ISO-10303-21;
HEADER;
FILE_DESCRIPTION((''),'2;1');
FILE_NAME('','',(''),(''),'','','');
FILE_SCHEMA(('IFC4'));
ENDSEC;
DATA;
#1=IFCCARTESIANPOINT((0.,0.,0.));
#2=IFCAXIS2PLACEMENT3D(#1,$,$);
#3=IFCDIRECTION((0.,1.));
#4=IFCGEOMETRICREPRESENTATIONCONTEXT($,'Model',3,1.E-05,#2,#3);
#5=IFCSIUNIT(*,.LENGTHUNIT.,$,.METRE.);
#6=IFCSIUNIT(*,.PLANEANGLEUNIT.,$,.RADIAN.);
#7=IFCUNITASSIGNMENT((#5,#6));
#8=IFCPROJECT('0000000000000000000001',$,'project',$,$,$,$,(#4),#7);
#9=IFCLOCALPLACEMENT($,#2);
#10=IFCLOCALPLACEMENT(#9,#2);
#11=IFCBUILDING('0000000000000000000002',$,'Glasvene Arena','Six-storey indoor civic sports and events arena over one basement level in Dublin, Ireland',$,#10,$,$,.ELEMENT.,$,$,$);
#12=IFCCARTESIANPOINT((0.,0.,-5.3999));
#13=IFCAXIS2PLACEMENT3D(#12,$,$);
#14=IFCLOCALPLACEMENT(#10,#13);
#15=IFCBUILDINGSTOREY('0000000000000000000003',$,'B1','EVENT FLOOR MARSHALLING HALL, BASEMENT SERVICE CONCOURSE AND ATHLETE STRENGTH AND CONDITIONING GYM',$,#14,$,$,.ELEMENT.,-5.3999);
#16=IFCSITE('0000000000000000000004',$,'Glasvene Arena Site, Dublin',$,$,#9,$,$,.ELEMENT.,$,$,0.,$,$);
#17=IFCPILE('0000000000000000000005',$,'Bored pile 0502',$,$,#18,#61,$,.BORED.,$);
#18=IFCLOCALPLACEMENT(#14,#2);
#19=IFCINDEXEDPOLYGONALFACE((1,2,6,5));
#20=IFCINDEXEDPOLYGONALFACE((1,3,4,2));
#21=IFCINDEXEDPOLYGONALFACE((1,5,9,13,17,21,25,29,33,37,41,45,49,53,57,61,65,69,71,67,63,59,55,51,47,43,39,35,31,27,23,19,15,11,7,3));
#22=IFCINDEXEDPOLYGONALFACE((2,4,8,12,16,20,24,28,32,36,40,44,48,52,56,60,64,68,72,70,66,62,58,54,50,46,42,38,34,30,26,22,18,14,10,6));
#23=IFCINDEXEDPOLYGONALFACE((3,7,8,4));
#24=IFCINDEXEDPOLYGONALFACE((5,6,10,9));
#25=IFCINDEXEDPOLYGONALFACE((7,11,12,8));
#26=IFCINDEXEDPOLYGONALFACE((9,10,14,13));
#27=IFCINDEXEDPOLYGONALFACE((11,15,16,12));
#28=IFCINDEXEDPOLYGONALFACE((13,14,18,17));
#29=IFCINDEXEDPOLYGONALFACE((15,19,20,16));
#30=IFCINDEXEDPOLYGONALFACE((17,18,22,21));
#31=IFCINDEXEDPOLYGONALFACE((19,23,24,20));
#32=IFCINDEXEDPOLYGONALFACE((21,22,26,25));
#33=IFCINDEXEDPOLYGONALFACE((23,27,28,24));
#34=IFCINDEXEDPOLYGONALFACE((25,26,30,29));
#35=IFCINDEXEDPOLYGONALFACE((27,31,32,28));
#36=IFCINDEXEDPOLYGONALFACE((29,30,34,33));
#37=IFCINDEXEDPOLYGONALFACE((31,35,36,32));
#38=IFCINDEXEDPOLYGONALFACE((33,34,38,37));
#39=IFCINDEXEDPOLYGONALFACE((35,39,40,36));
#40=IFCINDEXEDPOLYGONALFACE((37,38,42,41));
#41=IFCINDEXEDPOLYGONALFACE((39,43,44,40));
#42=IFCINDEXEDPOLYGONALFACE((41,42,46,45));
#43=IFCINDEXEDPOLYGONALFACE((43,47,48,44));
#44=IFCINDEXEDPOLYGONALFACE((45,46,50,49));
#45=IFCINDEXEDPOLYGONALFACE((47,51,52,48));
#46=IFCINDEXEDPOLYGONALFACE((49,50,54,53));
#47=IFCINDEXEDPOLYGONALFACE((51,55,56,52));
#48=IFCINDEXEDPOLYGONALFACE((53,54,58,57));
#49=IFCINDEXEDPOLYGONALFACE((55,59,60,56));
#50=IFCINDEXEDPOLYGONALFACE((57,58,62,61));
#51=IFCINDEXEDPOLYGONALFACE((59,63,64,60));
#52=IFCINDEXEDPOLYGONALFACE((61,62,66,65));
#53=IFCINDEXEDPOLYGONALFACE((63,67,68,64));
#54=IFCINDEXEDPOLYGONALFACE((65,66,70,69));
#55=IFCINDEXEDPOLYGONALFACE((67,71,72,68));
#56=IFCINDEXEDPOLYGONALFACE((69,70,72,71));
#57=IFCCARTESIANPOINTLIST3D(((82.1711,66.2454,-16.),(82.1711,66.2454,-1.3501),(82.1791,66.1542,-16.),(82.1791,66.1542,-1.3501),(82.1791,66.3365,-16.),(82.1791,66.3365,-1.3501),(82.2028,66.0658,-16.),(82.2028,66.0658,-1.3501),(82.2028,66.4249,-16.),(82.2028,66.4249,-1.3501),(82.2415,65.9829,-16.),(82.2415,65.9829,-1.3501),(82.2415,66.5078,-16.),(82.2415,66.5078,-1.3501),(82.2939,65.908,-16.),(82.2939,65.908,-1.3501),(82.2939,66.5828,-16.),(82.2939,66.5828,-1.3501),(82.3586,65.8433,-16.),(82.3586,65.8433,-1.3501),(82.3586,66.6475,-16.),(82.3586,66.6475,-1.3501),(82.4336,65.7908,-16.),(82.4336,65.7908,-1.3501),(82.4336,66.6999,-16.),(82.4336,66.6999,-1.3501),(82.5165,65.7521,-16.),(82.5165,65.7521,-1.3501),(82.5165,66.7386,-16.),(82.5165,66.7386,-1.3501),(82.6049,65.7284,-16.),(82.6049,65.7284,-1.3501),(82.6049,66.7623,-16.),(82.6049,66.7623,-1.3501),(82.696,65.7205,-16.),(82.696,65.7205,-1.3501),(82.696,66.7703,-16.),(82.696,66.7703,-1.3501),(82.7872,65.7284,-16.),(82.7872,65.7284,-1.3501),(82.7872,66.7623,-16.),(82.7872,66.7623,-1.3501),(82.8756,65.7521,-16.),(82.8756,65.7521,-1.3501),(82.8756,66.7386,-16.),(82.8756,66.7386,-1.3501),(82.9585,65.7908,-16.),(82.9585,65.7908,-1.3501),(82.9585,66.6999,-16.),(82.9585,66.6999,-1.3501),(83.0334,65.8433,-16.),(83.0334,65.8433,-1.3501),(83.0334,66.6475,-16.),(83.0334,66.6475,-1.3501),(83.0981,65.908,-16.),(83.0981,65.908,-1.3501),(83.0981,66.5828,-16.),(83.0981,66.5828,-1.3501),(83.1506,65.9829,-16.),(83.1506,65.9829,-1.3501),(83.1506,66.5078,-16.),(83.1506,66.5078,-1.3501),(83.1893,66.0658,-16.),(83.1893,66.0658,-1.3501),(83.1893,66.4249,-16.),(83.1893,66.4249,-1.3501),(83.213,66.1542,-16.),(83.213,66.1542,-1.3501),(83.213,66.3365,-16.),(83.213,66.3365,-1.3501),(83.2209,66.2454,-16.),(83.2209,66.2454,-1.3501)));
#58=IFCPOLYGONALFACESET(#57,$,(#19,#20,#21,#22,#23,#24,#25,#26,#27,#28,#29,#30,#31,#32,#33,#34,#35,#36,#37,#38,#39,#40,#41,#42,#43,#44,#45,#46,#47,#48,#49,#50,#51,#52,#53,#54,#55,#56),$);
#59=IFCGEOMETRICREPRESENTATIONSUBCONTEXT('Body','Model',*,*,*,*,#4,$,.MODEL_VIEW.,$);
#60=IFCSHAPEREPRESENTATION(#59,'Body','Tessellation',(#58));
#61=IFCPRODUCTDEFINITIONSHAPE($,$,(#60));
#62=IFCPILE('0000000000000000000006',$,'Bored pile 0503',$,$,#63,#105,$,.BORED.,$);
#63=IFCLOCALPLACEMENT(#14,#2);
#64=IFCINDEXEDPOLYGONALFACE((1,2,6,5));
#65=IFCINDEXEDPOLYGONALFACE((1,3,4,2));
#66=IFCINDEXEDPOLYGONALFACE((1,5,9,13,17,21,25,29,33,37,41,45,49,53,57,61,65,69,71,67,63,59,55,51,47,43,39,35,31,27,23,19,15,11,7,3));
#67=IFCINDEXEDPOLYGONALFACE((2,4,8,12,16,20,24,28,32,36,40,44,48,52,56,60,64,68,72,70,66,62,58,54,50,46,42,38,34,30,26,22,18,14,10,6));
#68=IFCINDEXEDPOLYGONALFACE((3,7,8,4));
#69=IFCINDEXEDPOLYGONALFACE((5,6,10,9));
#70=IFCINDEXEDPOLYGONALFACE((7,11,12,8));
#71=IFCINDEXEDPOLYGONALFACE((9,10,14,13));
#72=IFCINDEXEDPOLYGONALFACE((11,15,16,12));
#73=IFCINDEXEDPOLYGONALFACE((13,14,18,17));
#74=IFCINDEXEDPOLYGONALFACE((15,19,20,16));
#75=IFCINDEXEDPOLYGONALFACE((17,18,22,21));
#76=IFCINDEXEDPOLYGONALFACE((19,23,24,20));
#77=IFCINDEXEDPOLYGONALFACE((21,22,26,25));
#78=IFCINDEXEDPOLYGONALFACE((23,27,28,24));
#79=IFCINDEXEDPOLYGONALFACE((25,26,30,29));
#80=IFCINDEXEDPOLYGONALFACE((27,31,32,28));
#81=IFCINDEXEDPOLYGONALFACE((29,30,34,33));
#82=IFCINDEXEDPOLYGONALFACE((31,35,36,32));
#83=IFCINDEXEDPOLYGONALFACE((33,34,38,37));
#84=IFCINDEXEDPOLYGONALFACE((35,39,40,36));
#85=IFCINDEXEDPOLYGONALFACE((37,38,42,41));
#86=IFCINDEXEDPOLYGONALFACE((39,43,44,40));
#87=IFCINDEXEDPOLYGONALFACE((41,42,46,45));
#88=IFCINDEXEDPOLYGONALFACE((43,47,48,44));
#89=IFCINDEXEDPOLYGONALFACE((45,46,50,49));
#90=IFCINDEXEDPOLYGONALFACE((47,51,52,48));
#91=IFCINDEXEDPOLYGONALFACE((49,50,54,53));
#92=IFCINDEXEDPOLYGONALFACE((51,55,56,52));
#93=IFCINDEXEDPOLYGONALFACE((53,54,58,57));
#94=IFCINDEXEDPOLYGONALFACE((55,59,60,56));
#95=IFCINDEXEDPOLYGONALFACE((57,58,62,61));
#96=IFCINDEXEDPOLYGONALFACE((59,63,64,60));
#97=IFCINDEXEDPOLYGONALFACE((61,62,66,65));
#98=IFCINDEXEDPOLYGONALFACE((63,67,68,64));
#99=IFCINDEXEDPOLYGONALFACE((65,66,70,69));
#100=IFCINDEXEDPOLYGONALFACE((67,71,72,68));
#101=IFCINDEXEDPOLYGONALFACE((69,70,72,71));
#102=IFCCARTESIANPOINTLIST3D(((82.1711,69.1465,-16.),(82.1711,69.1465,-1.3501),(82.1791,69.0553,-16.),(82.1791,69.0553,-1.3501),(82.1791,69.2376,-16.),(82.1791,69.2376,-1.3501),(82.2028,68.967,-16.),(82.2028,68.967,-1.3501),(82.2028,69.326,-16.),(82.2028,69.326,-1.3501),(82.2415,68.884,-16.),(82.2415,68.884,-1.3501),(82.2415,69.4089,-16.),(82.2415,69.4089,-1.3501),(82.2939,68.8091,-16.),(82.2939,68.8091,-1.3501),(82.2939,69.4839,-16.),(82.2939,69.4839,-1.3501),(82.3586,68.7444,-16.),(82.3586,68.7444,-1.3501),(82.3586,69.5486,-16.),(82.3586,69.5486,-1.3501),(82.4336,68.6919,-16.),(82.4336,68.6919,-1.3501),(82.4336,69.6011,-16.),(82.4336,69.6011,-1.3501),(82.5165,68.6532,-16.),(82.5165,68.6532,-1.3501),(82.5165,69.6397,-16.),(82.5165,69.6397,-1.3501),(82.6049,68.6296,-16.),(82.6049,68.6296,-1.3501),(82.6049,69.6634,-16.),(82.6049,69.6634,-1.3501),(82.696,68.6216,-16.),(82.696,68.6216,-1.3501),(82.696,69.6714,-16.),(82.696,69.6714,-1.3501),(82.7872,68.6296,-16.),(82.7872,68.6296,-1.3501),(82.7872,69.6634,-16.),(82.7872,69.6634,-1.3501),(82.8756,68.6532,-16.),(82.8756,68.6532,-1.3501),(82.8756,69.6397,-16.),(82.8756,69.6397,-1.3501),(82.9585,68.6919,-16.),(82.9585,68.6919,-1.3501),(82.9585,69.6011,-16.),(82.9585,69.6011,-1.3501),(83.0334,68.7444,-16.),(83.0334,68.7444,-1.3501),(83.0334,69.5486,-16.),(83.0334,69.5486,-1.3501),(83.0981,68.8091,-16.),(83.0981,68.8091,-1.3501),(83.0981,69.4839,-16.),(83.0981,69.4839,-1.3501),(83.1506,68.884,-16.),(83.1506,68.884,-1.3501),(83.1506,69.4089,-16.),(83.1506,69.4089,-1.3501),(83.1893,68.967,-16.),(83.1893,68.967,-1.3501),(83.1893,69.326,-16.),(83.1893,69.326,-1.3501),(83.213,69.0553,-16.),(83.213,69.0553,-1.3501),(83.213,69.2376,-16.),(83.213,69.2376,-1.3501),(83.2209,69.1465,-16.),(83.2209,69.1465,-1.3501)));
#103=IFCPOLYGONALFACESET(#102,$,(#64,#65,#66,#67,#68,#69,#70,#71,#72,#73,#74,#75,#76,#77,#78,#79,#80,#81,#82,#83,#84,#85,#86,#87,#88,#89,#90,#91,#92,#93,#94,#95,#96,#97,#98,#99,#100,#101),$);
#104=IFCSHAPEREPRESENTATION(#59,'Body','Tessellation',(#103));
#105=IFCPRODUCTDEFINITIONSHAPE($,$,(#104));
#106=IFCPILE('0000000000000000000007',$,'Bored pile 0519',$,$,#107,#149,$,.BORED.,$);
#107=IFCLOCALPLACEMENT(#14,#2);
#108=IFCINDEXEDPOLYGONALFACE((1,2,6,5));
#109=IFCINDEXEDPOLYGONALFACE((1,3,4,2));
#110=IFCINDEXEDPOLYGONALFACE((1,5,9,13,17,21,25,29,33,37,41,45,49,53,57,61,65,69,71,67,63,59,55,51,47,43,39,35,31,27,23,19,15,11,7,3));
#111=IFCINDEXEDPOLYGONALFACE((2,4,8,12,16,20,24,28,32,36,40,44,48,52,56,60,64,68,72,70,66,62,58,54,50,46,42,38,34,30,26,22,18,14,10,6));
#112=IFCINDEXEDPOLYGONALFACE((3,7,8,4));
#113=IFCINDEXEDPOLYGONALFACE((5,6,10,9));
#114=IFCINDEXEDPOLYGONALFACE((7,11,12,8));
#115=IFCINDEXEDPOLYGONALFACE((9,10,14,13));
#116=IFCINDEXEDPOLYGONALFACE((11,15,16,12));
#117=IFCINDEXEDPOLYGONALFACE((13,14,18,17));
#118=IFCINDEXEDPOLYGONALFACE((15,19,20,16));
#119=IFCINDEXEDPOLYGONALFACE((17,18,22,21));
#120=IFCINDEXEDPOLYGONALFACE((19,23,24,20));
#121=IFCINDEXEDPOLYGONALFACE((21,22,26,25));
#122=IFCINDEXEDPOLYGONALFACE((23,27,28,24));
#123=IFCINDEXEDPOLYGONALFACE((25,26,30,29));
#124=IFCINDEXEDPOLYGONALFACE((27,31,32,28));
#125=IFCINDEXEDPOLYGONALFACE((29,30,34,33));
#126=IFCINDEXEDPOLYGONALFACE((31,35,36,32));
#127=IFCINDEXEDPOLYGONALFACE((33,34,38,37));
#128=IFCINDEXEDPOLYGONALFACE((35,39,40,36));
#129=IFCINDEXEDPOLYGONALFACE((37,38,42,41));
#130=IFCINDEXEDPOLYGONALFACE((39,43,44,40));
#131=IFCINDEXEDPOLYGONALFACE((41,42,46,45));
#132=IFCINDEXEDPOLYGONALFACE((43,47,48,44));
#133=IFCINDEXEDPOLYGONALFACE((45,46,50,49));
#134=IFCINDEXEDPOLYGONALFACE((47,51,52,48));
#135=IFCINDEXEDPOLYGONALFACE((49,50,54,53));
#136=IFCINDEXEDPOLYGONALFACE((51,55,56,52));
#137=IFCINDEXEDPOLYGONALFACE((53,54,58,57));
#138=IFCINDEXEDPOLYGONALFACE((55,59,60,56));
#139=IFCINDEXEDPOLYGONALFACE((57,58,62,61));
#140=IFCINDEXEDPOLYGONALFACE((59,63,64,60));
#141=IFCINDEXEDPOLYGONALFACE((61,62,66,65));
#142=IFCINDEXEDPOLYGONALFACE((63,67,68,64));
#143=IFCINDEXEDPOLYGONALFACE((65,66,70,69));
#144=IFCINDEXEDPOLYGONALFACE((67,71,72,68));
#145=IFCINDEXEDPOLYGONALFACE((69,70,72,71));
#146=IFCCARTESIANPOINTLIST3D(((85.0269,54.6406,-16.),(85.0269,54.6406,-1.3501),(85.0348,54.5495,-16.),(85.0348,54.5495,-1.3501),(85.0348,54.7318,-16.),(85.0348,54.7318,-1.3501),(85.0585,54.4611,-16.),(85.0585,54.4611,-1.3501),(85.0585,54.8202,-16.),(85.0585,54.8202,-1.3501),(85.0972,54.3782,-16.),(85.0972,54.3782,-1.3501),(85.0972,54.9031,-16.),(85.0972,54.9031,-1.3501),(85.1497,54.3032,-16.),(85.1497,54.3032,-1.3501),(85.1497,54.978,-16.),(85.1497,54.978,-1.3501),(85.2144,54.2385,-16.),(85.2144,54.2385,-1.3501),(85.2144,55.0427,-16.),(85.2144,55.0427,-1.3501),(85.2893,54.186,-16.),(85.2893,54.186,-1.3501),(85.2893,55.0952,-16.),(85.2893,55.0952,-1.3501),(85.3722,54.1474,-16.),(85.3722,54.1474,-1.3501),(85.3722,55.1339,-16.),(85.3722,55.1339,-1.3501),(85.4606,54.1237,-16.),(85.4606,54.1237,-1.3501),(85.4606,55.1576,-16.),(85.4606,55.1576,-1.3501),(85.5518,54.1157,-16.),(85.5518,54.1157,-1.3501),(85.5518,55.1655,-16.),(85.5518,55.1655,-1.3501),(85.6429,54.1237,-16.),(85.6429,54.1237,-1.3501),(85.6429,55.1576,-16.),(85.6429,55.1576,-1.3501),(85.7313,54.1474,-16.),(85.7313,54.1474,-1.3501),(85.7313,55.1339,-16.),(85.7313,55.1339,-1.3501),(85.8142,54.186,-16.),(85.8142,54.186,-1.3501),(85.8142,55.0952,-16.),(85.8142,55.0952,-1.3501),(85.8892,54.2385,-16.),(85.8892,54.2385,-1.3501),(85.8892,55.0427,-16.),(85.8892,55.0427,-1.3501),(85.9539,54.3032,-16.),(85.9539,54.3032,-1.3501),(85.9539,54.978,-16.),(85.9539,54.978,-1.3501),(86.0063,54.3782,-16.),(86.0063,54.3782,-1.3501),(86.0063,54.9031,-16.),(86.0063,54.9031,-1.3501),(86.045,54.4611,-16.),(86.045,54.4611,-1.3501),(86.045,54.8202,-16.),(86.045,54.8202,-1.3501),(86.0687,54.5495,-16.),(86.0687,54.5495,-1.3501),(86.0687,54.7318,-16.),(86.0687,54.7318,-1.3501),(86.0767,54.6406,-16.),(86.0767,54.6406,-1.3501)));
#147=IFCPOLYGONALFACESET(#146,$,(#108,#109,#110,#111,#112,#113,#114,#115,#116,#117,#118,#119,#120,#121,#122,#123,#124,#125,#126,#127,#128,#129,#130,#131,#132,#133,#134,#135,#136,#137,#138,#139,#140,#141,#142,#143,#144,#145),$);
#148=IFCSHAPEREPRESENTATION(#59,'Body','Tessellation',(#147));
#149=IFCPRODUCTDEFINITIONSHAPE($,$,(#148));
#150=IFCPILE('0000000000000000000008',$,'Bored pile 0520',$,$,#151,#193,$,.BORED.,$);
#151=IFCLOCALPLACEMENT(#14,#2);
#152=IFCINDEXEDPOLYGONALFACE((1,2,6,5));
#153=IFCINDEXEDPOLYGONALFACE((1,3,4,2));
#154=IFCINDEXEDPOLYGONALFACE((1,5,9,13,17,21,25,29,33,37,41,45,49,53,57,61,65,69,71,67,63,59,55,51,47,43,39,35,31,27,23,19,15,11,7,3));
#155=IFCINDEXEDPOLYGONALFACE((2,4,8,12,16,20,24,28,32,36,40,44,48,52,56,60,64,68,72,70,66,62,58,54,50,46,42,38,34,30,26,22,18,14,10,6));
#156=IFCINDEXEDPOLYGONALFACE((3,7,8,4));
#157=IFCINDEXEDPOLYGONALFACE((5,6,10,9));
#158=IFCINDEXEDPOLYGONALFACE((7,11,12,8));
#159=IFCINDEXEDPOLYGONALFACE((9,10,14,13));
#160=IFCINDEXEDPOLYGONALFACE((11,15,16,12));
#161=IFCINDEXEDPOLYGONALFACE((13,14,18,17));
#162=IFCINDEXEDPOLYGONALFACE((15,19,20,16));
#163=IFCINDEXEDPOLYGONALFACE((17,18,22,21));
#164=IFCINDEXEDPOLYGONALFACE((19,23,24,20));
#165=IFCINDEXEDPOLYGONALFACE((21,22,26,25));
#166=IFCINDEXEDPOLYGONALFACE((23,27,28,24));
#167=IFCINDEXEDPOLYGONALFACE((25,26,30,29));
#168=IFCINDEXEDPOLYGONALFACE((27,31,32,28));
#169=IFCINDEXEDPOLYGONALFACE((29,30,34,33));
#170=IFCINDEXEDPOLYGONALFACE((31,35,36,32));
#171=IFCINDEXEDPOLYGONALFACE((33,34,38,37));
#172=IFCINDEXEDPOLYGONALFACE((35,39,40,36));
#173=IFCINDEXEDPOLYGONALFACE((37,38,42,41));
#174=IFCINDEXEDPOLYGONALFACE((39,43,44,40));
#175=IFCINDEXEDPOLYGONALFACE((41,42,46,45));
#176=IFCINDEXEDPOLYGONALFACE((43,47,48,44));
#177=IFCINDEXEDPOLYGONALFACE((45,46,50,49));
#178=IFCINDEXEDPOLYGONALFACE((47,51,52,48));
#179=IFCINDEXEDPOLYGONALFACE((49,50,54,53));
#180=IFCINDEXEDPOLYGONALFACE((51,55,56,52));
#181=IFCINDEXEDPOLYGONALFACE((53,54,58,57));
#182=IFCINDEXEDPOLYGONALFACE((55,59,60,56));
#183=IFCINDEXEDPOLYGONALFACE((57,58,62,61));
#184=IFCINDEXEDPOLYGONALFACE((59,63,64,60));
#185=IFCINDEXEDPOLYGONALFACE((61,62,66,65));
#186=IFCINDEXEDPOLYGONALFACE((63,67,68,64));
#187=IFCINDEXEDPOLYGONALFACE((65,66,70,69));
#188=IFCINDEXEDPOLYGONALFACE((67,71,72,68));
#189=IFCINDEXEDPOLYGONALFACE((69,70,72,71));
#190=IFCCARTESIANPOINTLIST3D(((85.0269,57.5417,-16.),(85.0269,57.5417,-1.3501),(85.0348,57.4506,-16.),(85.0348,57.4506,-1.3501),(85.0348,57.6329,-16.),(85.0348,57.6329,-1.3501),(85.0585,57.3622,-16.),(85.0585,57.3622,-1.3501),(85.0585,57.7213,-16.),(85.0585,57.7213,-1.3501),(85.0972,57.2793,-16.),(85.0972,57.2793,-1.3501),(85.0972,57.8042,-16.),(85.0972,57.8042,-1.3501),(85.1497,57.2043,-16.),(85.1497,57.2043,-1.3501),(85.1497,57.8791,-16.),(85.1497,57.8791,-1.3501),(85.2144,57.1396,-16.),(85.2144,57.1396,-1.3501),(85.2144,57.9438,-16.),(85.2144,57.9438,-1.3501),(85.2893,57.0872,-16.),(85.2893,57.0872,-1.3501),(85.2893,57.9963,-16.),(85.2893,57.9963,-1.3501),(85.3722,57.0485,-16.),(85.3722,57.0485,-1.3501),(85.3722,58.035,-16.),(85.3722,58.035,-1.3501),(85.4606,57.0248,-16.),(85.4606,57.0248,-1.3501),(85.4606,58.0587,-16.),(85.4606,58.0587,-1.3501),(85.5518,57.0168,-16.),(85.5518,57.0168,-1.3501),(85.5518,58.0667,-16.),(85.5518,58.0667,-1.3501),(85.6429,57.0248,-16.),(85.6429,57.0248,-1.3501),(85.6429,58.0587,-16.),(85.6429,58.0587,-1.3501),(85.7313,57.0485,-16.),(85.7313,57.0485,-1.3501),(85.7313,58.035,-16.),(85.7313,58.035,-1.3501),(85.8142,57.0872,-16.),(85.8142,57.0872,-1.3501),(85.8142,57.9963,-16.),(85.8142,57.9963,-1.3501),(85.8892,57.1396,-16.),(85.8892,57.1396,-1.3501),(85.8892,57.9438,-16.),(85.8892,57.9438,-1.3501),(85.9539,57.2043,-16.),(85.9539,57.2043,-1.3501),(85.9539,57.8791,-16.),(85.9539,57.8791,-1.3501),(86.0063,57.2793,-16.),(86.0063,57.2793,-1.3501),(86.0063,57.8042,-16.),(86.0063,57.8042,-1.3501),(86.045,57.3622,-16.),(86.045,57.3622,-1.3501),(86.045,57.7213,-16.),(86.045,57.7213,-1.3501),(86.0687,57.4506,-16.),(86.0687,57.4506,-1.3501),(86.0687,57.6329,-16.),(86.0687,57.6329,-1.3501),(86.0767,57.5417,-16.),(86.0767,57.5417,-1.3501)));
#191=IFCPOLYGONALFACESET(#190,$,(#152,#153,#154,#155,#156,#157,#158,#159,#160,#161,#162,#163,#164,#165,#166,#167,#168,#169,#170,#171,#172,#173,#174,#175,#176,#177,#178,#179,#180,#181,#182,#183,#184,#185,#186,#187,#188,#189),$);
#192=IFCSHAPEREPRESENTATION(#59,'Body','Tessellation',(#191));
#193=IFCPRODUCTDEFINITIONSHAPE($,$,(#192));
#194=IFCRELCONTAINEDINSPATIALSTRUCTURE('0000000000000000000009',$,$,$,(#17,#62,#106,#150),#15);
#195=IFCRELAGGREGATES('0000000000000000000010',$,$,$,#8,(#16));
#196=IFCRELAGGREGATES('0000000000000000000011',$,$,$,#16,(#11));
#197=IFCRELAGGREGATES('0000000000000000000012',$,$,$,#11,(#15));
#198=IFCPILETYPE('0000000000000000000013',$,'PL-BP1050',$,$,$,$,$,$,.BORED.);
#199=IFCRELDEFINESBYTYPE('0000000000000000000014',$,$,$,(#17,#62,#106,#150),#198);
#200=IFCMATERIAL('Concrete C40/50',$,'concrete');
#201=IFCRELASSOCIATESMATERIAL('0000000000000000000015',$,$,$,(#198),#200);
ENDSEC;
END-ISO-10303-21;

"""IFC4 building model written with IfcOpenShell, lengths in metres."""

from ifc_helpers import new_model, si_unit, direction, frame, origin, origin_2d, place, context, subcontext, project, spatial, circle, extrude, material, material_profile, profile_set, type_object, element, save


model = new_model("IFC4")

# Units and contexts
model_context = context("Model", 3, precision=1e-05, world=origin(), true_north=direction((0.0, 1.0)))
body_context = subcontext(model_context, "Body", "Model", "MODEL_VIEW")
ifc_project = project(units=[si_unit("LENGTHUNIT", "METRE"), si_unit("PLANEANGLEUNIT", "RADIAN")], contexts=[model_context])

# Site, building, storey
site_placement = place(None, origin())
site = spatial("IfcSite", under=ifc_project, at=site_placement, Name="Glasvene Arena Site, Dublin", CompositionType="ELEMENT", RefElevation=0.0)
building_placement = place(site_placement, origin())
building = spatial("IfcBuilding", under=site, at=building_placement, Name="Glasvene Arena", Description="Six-storey indoor civic sports and events arena over one basement level in Dublin, Ireland", CompositionType="ELEMENT")
storey_placement = place(building_placement, frame((0.0, 0.0, -5.3999)))
storey = spatial("IfcBuildingStorey", under=building, at=storey_placement, Name="B1", Description="EVENT FLOOR MARSHALLING HALL, BASEMENT SERVICE CONCOURSE AND ATHLETE STRENGTH AND CONDITIONING GYM", CompositionType="ELEMENT", Elevation=-5.3999)

# Piles
ifc_material_1 = material(Name="Concrete C40/50", Category="concrete")
ifc_material_profile_1 = material_profile(ifc_material_1, circle(Radius=0.5249, at=origin_2d()), Name="BORED PILE 1050")
ifc_profile_set_1 = profile_set([ifc_material_profile_1], Name="Concrete C40/50")
pile_type = type_object("IfcPileType", Name="PL-BP1050", PredefinedType="BORED", material=ifc_profile_set_1)
for number, where, z_axis, x_axis, name in (
    (1, (82.696, 66.2454, -1.3501), (0.0, 0.0, -1.0), (1.0, 0.0, 0.0), "Bored pile 0502"),
    (2, (82.696, 69.1465, -1.3501), (0.0, 0.0, -1.0), (1.0, 0.0, 0.0), "Bored pile 0503"),
    (3, (85.5518, 54.6406, -1.3501), (0.0, 0.0, -1.0), (1.0, 0.0, 0.0), "Bored pile 0519"),
    (4, (85.5518, 57.5417, -1.3501), (0.0, 0.0, -1.0), (1.0, 0.0, 0.0), "Bored pile 0520"),
):
    element("IfcPile", number, at=place(storey_placement, frame(where, z_axis=z_axis, x_axis=x_axis)), inside=storey, type_object=pile_type, Name=name, PredefinedType="BORED", context=body_context, shape_type="SweptSolid", body=[
        extrude(circle(Radius=0.5249, at=origin_2d()), origin(), (0.0, 0.0, 1.0), 14.6499),
    ])

save(model, "model.ifc")
